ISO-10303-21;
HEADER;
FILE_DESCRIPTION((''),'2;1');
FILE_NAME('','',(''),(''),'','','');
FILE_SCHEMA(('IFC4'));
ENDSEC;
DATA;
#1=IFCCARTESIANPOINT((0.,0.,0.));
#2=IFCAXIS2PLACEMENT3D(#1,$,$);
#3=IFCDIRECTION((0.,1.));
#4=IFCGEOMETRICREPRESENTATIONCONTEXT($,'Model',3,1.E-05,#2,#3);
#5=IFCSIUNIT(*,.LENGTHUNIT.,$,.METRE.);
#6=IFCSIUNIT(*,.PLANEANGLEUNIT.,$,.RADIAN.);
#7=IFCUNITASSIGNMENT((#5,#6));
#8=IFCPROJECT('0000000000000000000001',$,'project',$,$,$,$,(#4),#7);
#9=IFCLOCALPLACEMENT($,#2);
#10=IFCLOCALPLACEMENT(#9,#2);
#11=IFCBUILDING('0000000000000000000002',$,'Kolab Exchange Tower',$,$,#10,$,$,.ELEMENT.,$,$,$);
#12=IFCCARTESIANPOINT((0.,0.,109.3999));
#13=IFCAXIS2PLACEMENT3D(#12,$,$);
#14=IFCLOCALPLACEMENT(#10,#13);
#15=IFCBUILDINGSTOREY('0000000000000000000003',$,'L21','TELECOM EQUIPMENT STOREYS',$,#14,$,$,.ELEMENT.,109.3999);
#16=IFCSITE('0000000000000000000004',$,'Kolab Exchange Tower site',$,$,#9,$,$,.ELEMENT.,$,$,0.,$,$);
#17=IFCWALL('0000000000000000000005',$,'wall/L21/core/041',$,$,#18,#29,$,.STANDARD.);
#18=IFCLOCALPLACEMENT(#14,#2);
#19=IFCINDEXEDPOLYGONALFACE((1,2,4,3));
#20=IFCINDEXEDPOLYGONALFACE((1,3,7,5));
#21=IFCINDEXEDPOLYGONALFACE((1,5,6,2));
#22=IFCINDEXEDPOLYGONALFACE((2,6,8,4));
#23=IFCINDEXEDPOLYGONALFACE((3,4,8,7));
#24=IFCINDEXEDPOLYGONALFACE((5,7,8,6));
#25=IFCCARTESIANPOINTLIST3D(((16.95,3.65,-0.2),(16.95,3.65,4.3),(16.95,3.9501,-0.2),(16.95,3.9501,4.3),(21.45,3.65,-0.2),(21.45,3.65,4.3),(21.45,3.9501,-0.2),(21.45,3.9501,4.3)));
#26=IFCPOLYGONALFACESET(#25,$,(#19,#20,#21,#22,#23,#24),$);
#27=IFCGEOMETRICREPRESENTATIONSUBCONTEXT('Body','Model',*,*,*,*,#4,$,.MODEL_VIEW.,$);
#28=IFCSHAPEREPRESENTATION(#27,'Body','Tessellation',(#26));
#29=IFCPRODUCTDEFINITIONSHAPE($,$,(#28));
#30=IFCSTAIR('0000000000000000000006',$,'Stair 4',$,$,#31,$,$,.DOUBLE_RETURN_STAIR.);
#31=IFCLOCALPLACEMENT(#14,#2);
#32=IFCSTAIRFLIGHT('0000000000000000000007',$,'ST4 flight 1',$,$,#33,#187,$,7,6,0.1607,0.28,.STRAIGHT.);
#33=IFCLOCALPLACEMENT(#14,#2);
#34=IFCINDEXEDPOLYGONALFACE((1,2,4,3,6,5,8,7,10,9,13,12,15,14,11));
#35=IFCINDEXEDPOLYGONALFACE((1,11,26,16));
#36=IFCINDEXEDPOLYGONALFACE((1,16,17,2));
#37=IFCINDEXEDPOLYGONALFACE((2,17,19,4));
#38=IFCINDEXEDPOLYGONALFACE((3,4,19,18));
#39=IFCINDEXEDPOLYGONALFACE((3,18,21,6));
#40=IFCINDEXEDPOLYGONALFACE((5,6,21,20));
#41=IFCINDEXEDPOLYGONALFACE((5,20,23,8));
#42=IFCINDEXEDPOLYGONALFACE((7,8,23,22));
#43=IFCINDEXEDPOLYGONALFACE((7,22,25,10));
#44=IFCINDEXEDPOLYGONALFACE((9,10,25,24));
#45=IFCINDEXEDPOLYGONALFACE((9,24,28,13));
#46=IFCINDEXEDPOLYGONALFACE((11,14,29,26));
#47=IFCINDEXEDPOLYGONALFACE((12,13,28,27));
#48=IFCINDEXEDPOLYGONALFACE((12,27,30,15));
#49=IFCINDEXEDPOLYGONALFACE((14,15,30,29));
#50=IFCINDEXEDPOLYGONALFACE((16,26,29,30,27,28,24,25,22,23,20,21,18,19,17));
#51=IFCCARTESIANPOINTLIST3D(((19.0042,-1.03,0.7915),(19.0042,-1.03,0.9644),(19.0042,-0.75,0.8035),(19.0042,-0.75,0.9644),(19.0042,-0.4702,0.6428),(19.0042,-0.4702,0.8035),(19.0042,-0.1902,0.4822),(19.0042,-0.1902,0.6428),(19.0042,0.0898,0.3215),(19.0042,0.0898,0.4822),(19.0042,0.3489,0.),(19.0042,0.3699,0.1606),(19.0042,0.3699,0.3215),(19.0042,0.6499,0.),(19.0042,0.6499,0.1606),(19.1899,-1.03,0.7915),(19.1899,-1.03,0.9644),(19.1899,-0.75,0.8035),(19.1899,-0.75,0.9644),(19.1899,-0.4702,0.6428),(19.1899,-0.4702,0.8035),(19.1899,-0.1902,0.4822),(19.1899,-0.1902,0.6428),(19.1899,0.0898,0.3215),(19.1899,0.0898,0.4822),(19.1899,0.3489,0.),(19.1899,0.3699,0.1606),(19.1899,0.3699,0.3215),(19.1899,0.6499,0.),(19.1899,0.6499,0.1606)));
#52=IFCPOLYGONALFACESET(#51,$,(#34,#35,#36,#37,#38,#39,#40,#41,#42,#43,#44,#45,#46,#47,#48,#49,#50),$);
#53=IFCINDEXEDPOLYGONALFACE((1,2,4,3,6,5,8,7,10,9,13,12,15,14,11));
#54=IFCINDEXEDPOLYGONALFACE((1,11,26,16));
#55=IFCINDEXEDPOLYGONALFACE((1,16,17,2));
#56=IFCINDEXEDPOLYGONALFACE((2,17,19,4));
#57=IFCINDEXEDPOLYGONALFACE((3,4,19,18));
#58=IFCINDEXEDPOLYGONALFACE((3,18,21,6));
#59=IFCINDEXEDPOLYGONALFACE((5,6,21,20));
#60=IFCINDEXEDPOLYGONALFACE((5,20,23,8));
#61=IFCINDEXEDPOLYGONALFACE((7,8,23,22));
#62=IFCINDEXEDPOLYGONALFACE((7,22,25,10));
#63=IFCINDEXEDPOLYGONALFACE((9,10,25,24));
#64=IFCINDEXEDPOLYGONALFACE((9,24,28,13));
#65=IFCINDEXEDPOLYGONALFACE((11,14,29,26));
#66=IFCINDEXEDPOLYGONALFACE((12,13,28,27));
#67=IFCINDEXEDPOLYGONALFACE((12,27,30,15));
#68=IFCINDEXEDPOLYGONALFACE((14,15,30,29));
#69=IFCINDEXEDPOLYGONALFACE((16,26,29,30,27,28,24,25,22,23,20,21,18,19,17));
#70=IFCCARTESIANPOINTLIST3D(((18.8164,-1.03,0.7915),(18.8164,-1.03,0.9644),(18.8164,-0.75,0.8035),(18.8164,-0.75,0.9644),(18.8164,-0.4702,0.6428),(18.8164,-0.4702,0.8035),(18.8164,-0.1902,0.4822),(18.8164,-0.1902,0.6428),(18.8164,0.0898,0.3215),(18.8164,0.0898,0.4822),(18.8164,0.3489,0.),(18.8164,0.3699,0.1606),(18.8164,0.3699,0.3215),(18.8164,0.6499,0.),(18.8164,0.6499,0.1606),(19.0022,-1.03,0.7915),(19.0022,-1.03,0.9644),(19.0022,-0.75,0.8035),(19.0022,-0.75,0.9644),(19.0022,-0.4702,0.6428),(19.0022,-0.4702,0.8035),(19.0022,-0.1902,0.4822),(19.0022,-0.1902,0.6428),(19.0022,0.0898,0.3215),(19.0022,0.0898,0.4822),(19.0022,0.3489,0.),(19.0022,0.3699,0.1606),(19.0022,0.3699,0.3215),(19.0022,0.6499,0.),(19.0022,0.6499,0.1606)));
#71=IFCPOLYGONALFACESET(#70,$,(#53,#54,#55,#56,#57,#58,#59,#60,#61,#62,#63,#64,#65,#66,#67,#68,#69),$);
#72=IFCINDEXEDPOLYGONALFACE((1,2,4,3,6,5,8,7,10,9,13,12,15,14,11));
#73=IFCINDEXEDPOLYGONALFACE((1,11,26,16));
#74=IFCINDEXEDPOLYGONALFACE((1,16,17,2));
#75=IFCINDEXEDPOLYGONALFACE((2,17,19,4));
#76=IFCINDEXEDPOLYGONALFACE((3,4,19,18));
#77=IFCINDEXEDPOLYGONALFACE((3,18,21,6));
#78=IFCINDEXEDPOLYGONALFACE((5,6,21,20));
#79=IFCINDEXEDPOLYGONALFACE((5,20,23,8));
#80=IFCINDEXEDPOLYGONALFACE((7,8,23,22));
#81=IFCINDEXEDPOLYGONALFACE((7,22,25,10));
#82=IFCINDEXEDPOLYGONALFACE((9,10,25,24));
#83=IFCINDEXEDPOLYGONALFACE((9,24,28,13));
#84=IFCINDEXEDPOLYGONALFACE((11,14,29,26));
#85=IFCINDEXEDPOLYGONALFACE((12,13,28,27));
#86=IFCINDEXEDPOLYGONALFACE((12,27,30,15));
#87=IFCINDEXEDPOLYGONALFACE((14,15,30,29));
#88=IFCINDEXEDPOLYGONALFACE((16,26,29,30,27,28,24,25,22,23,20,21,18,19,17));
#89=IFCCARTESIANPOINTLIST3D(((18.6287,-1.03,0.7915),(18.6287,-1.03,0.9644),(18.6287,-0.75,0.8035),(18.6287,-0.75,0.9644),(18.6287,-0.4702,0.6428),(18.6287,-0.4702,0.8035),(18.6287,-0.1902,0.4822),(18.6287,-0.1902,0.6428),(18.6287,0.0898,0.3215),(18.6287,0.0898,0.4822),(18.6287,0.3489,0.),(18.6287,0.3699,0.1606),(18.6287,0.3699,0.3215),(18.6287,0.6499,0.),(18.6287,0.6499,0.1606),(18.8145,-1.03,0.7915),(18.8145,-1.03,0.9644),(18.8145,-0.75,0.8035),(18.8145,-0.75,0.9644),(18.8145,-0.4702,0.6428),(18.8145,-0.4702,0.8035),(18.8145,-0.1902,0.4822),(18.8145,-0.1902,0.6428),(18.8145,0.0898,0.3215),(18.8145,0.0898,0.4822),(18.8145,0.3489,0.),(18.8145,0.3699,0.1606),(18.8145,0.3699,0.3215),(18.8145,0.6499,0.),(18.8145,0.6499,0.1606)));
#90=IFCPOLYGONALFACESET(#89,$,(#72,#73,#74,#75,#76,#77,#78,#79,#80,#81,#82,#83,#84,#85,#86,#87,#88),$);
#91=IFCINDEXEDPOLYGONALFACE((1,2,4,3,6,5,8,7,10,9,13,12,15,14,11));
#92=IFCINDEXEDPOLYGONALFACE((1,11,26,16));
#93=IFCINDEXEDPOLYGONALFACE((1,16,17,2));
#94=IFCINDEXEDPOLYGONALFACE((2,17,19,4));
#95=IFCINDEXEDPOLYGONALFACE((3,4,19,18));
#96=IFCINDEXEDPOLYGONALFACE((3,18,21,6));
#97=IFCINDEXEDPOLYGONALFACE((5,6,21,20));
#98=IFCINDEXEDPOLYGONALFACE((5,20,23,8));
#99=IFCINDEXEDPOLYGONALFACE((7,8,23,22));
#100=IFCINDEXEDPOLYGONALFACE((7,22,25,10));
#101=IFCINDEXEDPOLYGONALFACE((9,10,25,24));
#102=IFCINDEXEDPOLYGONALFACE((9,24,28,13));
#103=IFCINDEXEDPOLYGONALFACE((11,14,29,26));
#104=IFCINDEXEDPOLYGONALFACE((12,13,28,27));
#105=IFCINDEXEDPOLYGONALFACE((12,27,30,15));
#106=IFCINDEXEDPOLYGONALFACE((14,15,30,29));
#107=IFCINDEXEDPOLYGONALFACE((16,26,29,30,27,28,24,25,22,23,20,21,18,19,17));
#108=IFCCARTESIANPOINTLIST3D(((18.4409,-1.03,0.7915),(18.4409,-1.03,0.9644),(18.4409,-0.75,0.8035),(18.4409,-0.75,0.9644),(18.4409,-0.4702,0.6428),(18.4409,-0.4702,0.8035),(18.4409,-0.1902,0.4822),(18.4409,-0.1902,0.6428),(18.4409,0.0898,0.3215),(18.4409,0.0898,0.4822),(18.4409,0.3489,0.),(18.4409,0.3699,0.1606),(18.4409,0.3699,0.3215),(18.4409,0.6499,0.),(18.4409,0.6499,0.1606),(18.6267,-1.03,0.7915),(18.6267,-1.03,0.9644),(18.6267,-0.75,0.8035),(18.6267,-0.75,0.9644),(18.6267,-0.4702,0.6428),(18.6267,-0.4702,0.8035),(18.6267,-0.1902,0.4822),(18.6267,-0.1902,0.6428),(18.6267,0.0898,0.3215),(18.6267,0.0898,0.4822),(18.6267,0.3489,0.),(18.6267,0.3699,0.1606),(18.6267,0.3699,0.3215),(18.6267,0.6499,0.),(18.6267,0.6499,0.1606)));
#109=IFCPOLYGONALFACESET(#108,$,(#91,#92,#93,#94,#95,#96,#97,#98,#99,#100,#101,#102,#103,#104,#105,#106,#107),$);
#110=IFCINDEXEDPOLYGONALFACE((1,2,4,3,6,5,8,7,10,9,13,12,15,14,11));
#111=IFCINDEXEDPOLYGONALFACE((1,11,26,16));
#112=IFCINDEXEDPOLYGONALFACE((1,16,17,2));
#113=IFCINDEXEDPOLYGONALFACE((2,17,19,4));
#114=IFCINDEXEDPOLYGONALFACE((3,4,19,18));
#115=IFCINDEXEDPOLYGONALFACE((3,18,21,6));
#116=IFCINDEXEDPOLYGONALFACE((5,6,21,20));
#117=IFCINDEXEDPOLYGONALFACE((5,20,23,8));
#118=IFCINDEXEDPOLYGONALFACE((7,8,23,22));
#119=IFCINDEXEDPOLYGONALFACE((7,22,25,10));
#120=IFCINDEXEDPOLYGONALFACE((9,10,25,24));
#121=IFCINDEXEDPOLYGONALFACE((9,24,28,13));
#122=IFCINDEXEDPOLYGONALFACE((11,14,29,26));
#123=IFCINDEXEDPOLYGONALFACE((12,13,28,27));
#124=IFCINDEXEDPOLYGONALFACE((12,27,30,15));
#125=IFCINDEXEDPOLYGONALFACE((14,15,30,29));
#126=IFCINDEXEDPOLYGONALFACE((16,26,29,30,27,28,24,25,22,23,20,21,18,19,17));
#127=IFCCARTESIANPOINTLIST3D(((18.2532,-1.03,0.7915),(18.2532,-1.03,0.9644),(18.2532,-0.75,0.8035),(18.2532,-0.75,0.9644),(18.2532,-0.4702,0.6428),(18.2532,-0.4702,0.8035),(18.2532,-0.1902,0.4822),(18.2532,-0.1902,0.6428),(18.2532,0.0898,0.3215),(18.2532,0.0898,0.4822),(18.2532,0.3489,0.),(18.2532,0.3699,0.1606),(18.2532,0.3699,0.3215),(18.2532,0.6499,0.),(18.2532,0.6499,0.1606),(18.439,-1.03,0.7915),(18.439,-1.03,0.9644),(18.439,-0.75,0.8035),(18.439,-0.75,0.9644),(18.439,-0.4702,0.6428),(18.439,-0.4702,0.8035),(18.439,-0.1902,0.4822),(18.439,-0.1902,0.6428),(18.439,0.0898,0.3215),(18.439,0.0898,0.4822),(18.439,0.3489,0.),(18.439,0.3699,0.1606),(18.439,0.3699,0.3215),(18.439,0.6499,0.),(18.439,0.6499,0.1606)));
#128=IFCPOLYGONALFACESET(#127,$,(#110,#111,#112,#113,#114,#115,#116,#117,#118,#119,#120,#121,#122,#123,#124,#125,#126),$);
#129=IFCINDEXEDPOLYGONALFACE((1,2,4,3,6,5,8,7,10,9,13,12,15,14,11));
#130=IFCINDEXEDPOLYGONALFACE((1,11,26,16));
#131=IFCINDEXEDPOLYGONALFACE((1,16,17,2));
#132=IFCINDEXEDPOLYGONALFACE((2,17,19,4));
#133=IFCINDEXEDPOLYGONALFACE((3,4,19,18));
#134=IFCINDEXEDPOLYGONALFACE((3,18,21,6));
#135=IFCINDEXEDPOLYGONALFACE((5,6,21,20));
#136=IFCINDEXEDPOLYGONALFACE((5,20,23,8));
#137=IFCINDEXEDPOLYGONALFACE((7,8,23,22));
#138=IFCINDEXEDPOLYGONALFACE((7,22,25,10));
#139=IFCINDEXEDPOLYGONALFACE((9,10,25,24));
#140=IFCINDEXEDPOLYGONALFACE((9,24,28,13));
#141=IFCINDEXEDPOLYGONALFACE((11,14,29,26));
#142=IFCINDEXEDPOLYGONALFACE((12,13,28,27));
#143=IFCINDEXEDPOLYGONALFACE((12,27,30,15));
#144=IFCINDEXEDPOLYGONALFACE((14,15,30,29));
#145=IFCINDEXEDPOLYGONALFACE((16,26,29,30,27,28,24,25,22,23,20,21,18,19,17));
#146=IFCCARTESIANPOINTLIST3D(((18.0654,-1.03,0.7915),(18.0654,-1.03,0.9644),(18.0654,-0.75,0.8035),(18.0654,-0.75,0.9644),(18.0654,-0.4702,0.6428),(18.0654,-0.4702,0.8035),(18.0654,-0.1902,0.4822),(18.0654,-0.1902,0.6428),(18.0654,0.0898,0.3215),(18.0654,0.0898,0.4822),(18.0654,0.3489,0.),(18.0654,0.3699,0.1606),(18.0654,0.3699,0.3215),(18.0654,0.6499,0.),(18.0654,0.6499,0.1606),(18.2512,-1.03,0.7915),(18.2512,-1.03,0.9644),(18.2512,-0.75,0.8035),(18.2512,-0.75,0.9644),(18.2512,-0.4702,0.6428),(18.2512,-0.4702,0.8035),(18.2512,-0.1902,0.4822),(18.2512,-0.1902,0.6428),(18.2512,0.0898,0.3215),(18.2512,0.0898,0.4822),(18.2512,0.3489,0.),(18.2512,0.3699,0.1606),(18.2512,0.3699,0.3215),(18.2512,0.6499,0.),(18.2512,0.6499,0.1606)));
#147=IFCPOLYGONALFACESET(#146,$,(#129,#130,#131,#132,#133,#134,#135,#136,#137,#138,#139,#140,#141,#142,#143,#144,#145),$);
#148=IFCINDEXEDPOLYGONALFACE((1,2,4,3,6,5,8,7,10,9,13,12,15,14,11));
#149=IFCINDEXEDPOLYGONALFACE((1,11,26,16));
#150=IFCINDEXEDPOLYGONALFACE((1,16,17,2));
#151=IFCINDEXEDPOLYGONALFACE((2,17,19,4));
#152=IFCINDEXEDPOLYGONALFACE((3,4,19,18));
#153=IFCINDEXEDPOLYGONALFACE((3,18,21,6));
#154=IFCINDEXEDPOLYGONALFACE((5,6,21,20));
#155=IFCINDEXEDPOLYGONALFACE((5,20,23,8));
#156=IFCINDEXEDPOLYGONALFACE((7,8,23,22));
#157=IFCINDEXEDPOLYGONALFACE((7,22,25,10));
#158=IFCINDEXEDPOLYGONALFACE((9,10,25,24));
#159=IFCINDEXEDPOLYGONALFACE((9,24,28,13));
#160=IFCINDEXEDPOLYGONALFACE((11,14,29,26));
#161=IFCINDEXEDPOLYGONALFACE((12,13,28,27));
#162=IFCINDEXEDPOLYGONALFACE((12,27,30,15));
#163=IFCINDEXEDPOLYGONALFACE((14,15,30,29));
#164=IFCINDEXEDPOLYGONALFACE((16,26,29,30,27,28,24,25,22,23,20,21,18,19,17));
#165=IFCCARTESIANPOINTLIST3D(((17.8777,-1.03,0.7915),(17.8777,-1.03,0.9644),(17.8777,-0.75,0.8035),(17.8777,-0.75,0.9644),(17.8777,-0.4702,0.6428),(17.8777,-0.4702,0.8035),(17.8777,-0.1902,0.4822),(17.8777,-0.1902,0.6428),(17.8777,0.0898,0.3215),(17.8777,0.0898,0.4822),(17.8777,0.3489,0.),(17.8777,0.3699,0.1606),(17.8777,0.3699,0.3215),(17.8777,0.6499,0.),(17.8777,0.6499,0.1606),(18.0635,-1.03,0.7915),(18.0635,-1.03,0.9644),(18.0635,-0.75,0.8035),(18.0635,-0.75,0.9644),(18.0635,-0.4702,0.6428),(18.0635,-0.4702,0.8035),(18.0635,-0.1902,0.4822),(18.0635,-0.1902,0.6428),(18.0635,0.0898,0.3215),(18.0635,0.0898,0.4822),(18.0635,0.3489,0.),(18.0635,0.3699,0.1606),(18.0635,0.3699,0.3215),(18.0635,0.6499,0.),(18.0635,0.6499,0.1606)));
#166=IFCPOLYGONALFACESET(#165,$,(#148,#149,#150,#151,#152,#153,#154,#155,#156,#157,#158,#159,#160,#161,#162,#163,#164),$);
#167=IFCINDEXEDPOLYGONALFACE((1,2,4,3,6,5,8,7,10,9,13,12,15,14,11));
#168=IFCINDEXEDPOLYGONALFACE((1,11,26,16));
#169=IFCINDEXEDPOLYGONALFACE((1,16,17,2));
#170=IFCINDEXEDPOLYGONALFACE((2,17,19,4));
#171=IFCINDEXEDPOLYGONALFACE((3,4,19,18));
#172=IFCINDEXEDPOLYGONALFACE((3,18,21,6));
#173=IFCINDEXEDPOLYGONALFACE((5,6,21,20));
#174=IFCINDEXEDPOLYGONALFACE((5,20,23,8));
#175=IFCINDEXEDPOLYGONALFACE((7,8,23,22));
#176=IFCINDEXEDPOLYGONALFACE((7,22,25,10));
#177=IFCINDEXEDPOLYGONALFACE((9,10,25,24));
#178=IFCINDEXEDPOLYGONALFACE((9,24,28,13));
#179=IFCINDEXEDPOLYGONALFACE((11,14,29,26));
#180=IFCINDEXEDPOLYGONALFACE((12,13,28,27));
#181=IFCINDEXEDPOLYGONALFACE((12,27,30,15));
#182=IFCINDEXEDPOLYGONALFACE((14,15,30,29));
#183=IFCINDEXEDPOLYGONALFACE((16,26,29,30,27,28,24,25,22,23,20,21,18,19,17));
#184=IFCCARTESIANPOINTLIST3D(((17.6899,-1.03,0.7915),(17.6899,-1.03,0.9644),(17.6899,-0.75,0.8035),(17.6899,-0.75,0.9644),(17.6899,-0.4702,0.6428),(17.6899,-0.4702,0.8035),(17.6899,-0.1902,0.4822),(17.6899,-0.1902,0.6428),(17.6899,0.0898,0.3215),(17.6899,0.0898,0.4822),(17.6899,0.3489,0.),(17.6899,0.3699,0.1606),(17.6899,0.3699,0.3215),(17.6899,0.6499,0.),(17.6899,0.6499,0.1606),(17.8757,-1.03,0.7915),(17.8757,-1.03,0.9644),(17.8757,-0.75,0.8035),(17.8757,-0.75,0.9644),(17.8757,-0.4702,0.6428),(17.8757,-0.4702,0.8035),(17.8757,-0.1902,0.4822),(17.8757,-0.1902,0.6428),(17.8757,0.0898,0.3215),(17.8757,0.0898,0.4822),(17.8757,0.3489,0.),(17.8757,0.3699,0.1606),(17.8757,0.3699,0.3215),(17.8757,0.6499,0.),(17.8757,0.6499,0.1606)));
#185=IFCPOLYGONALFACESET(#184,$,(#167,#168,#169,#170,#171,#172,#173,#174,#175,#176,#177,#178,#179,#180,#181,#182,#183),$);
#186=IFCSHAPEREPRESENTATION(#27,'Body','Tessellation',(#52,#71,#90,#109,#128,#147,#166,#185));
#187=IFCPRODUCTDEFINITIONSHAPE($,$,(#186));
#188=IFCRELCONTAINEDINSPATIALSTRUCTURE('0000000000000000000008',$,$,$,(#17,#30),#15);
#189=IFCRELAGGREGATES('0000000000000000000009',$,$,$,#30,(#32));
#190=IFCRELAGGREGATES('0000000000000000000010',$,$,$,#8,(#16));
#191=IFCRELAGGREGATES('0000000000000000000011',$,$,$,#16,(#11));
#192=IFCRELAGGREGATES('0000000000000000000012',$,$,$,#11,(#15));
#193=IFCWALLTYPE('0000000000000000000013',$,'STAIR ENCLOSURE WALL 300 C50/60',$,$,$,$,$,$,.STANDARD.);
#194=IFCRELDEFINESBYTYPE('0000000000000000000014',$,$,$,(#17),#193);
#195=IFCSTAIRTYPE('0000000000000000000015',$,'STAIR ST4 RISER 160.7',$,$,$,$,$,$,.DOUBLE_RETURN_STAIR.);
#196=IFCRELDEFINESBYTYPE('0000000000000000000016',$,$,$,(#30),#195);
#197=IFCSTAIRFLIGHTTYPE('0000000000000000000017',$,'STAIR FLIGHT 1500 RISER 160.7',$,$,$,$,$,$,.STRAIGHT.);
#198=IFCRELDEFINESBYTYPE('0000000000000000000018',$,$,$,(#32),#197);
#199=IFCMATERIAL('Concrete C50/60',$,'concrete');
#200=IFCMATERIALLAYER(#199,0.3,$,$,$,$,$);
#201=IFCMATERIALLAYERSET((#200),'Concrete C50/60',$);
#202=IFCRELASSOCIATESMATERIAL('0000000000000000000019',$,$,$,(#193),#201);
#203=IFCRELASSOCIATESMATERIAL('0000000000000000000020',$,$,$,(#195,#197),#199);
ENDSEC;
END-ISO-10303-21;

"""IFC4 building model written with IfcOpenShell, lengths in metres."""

from ifc_helpers import new_model, si_unit, direction, frame, frame_2d, origin, place, context, subcontext, project, spatial, polyline, rectangle, outline, extrude, material, layer, layer_set, type_object, element, aggregate, save


model = new_model("IFC4")

# Units and contexts
model_context = context("Model", 3, precision=1e-05, world=origin(), true_north=direction((0.0, 1.0)))
body_context = subcontext(model_context, "Body", "Model", "MODEL_VIEW")
ifc_project = project(units=[si_unit("LENGTHUNIT", "METRE"), si_unit("PLANEANGLEUNIT", "RADIAN")], contexts=[model_context])

# Site, building, storey
site_placement = place(None, origin())
site = spatial("IfcSite", under=ifc_project, at=site_placement, Name="Kolab Exchange Tower site", CompositionType="ELEMENT", RefElevation=0.0)
building_placement = place(site_placement, origin())
building = spatial("IfcBuilding", under=site, at=building_placement, Name="Kolab Exchange Tower", CompositionType="ELEMENT")
storey_placement = place(building_placement, frame((0.0, 0.0, 109.3999)))
storey = spatial("IfcBuildingStorey", under=building, at=storey_placement, Name="L21", Description="TELECOM EQUIPMENT STOREYS", CompositionType="ELEMENT", Elevation=109.3999)

# Wall
ifc_material_1 = material(Name="Concrete C50/60", Category="concrete")
ifc_layer_1 = layer(ifc_material_1, 0.3)
ifc_layer_set_1 = layer_set([ifc_layer_1], Name="Concrete C50/60")
wall_type_1 = type_object("IfcWallType", Name="STAIR ENCLOSURE WALL 300 C50/60", PredefinedType="STANDARD", material=ifc_layer_set_1)
wall_1_placement = place(storey_placement, frame((16.95, 3.8, -0.2), z_axis=(0.0, 0.0, 1.0), x_axis=(1.0, 0.0, 0.0)))
element("IfcWall", 1, at=wall_1_placement, inside=storey, type_object=wall_type_1, Name="wall/L21/core/041", PredefinedType="STANDARD", context=body_context, shape_type="SweptSolid", body=[
    extrude(rectangle(XDim=4.5, YDim=0.3, at=frame_2d((2.25, 0.0))), origin(), (0.0, 0.0, 1.0), 4.5),
])

# Stair, stair flight
stair_type = type_object("IfcStairType", Name="STAIR ST4 RISER 160.7", PredefinedType="DOUBLE_RETURN_STAIR", material=ifc_material_1)
stair_placement = place(storey_placement, origin())
stair = element("IfcStair", 2, at=stair_placement, inside=storey, type_object=stair_type, Name="Stair 4", PredefinedType="DOUBLE_RETURN_STAIR")
stair_flight_type = type_object("IfcStairFlightType", Name="STAIR FLIGHT 1500 RISER 160.7", PredefinedType="STRAIGHT", material=ifc_material_1)
stair_flight_1_placement = place(storey_placement, frame((18.4399, 0.6499, 0.0), z_axis=(0.0, 0.0, 1.0), x_axis=(0.0, -1.0, 0.0)))
stair_flight_1 = element("IfcStairFlight", 3, at=stair_flight_1_placement, type_object=stair_flight_type, Name="ST4 flight 1", NumberOfRisers=7, NumberOfTreads=6, PredefinedType="STRAIGHT", RiserHeight=0.1607, TreadLength=0.28, context=body_context, shape_type="SweptSolid", body=[
    extrude(outline(polyline([(0.0, 0.0), (0.0, 0.1606), (0.28, 0.1606), (0.28, 0.3215), (0.5601, 0.3215), (0.5601, 0.4822), (0.8401, 0.4822), (0.8401, 0.6428), (1.1201, 0.6428), (1.1201, 0.8035), (1.3999, 0.8035), (1.3999, 0.9644), (1.6799, 0.9644), (1.6799, 1.125), (1.6799, 0.7915), (0.301, 0.0), (0.0, 0.0)])), frame((0.0, 0.75, 0.0), z_axis=(0.0, -1.0, 0.0), x_axis=(1.0, 0.0, 0.0)), (0.0, 0.0, 1.0), 0.1858),
    extrude(outline(polyline([(0.0, 0.0), (0.0, 0.1606), (0.28, 0.1606), (0.28, 0.3215), (0.5601, 0.3215), (0.5601, 0.4822), (0.8401, 0.4822), (0.8401, 0.6428), (1.1201, 0.6428), (1.1201, 0.8035), (1.3999, 0.8035), (1.3999, 0.9644), (1.6799, 0.9644), (1.6799, 1.125), (1.6799, 0.7915), (0.301, 0.0), (0.0, 0.0)])), frame((0.0, 0.5623, 0.0), z_axis=(0.0, -1.0, 0.0), x_axis=(1.0, 0.0, 0.0)), (0.0, 0.0, 1.0), 0.1858),
    extrude(outline(polyline([(0.0, 0.0), (0.0, 0.1606), (0.28, 0.1606), (0.28, 0.3215), (0.5601, 0.3215), (0.5601, 0.4822), (0.8401, 0.4822), (0.8401, 0.6428), (1.1201, 0.6428), (1.1201, 0.8035), (1.3999, 0.8035), (1.3999, 0.9644), (1.6799, 0.9644), (1.6799, 1.125), (1.6799, 0.7915), (0.301, 0.0), (0.0, 0.0)])), frame((0.0, 0.3745, 0.0), z_axis=(0.0, -1.0, 0.0), x_axis=(1.0, 0.0, 0.0)), (0.0, 0.0, 1.0), 0.1858),
    extrude(outline(polyline([(0.0, 0.0), (0.0, 0.1606), (0.28, 0.1606), (0.28, 0.3215), (0.5601, 0.3215), (0.5601, 0.4822), (0.8401, 0.4822), (0.8401, 0.6428), (1.1201, 0.6428), (1.1201, 0.8035), (1.3999, 0.8035), (1.3999, 0.9644), (1.6799, 0.9644), (1.6799, 1.125), (1.6799, 0.7915), (0.301, 0.0), (0.0, 0.0)])), frame((0.0, 0.1868, 0.0), z_axis=(0.0, -1.0, 0.0), x_axis=(1.0, 0.0, 0.0)), (0.0, 0.0, 1.0), 0.1858),
    extrude(outline(polyline([(0.0, 0.0), (0.0, 0.1606), (0.28, 0.1606), (0.28, 0.3215), (0.5601, 0.3215), (0.5601, 0.4822), (0.8401, 0.4822), (0.8401, 0.6428), (1.1201, 0.6428), (1.1201, 0.8035), (1.3999, 0.8035), (1.3999, 0.9644), (1.6799, 0.9644), (1.6799, 1.125), (1.6799, 0.7915), (0.301, 0.0), (0.0, 0.0)])), frame((0.0, -0.001, 0.0), z_axis=(0.0, -1.0, 0.0), x_axis=(1.0, 0.0, 0.0)), (0.0, 0.0, 1.0), 0.1858),
    extrude(outline(polyline([(0.0, 0.0), (0.0, 0.1606), (0.28, 0.1606), (0.28, 0.3215), (0.5601, 0.3215), (0.5601, 0.4822), (0.8401, 0.4822), (0.8401, 0.6428), (1.1201, 0.6428), (1.1201, 0.8035), (1.3999, 0.8035), (1.3999, 0.9644), (1.6799, 0.9644), (1.6799, 1.125), (1.6799, 0.7915), (0.301, 0.0), (0.0, 0.0)])), frame((0.0, -0.1887, 0.0), z_axis=(0.0, -1.0, 0.0), x_axis=(1.0, 0.0, 0.0)), (0.0, 0.0, 1.0), 0.1858),
    extrude(outline(polyline([(0.0, 0.0), (0.0, 0.1606), (0.28, 0.1606), (0.28, 0.3215), (0.5601, 0.3215), (0.5601, 0.4822), (0.8401, 0.4822), (0.8401, 0.6428), (1.1201, 0.6428), (1.1201, 0.8035), (1.3999, 0.8035), (1.3999, 0.9644), (1.6799, 0.9644), (1.6799, 1.125), (1.6799, 0.7915), (0.301, 0.0), (0.0, 0.0)])), frame((0.0, -0.3765, 0.0), z_axis=(0.0, -1.0, 0.0), x_axis=(1.0, 0.0, 0.0)), (0.0, 0.0, 1.0), 0.1858),
    extrude(outline(polyline([(0.0, 0.0), (0.0, 0.1606), (0.28, 0.1606), (0.28, 0.3215), (0.5601, 0.3215), (0.5601, 0.4822), (0.8401, 0.4822), (0.8401, 0.6428), (1.1201, 0.6428), (1.1201, 0.8035), (1.3999, 0.8035), (1.3999, 0.9644), (1.6799, 0.9644), (1.6799, 1.125), (1.6799, 0.7915), (0.301, 0.0), (0.0, 0.0)])), frame((0.0, -0.5642, 0.0), z_axis=(0.0, -1.0, 0.0), x_axis=(1.0, 0.0, 0.0)), (0.0, 0.0, 1.0), 0.1858),
])
aggregate(stair, [stair_flight_1])

save(model, "model.ifc")
